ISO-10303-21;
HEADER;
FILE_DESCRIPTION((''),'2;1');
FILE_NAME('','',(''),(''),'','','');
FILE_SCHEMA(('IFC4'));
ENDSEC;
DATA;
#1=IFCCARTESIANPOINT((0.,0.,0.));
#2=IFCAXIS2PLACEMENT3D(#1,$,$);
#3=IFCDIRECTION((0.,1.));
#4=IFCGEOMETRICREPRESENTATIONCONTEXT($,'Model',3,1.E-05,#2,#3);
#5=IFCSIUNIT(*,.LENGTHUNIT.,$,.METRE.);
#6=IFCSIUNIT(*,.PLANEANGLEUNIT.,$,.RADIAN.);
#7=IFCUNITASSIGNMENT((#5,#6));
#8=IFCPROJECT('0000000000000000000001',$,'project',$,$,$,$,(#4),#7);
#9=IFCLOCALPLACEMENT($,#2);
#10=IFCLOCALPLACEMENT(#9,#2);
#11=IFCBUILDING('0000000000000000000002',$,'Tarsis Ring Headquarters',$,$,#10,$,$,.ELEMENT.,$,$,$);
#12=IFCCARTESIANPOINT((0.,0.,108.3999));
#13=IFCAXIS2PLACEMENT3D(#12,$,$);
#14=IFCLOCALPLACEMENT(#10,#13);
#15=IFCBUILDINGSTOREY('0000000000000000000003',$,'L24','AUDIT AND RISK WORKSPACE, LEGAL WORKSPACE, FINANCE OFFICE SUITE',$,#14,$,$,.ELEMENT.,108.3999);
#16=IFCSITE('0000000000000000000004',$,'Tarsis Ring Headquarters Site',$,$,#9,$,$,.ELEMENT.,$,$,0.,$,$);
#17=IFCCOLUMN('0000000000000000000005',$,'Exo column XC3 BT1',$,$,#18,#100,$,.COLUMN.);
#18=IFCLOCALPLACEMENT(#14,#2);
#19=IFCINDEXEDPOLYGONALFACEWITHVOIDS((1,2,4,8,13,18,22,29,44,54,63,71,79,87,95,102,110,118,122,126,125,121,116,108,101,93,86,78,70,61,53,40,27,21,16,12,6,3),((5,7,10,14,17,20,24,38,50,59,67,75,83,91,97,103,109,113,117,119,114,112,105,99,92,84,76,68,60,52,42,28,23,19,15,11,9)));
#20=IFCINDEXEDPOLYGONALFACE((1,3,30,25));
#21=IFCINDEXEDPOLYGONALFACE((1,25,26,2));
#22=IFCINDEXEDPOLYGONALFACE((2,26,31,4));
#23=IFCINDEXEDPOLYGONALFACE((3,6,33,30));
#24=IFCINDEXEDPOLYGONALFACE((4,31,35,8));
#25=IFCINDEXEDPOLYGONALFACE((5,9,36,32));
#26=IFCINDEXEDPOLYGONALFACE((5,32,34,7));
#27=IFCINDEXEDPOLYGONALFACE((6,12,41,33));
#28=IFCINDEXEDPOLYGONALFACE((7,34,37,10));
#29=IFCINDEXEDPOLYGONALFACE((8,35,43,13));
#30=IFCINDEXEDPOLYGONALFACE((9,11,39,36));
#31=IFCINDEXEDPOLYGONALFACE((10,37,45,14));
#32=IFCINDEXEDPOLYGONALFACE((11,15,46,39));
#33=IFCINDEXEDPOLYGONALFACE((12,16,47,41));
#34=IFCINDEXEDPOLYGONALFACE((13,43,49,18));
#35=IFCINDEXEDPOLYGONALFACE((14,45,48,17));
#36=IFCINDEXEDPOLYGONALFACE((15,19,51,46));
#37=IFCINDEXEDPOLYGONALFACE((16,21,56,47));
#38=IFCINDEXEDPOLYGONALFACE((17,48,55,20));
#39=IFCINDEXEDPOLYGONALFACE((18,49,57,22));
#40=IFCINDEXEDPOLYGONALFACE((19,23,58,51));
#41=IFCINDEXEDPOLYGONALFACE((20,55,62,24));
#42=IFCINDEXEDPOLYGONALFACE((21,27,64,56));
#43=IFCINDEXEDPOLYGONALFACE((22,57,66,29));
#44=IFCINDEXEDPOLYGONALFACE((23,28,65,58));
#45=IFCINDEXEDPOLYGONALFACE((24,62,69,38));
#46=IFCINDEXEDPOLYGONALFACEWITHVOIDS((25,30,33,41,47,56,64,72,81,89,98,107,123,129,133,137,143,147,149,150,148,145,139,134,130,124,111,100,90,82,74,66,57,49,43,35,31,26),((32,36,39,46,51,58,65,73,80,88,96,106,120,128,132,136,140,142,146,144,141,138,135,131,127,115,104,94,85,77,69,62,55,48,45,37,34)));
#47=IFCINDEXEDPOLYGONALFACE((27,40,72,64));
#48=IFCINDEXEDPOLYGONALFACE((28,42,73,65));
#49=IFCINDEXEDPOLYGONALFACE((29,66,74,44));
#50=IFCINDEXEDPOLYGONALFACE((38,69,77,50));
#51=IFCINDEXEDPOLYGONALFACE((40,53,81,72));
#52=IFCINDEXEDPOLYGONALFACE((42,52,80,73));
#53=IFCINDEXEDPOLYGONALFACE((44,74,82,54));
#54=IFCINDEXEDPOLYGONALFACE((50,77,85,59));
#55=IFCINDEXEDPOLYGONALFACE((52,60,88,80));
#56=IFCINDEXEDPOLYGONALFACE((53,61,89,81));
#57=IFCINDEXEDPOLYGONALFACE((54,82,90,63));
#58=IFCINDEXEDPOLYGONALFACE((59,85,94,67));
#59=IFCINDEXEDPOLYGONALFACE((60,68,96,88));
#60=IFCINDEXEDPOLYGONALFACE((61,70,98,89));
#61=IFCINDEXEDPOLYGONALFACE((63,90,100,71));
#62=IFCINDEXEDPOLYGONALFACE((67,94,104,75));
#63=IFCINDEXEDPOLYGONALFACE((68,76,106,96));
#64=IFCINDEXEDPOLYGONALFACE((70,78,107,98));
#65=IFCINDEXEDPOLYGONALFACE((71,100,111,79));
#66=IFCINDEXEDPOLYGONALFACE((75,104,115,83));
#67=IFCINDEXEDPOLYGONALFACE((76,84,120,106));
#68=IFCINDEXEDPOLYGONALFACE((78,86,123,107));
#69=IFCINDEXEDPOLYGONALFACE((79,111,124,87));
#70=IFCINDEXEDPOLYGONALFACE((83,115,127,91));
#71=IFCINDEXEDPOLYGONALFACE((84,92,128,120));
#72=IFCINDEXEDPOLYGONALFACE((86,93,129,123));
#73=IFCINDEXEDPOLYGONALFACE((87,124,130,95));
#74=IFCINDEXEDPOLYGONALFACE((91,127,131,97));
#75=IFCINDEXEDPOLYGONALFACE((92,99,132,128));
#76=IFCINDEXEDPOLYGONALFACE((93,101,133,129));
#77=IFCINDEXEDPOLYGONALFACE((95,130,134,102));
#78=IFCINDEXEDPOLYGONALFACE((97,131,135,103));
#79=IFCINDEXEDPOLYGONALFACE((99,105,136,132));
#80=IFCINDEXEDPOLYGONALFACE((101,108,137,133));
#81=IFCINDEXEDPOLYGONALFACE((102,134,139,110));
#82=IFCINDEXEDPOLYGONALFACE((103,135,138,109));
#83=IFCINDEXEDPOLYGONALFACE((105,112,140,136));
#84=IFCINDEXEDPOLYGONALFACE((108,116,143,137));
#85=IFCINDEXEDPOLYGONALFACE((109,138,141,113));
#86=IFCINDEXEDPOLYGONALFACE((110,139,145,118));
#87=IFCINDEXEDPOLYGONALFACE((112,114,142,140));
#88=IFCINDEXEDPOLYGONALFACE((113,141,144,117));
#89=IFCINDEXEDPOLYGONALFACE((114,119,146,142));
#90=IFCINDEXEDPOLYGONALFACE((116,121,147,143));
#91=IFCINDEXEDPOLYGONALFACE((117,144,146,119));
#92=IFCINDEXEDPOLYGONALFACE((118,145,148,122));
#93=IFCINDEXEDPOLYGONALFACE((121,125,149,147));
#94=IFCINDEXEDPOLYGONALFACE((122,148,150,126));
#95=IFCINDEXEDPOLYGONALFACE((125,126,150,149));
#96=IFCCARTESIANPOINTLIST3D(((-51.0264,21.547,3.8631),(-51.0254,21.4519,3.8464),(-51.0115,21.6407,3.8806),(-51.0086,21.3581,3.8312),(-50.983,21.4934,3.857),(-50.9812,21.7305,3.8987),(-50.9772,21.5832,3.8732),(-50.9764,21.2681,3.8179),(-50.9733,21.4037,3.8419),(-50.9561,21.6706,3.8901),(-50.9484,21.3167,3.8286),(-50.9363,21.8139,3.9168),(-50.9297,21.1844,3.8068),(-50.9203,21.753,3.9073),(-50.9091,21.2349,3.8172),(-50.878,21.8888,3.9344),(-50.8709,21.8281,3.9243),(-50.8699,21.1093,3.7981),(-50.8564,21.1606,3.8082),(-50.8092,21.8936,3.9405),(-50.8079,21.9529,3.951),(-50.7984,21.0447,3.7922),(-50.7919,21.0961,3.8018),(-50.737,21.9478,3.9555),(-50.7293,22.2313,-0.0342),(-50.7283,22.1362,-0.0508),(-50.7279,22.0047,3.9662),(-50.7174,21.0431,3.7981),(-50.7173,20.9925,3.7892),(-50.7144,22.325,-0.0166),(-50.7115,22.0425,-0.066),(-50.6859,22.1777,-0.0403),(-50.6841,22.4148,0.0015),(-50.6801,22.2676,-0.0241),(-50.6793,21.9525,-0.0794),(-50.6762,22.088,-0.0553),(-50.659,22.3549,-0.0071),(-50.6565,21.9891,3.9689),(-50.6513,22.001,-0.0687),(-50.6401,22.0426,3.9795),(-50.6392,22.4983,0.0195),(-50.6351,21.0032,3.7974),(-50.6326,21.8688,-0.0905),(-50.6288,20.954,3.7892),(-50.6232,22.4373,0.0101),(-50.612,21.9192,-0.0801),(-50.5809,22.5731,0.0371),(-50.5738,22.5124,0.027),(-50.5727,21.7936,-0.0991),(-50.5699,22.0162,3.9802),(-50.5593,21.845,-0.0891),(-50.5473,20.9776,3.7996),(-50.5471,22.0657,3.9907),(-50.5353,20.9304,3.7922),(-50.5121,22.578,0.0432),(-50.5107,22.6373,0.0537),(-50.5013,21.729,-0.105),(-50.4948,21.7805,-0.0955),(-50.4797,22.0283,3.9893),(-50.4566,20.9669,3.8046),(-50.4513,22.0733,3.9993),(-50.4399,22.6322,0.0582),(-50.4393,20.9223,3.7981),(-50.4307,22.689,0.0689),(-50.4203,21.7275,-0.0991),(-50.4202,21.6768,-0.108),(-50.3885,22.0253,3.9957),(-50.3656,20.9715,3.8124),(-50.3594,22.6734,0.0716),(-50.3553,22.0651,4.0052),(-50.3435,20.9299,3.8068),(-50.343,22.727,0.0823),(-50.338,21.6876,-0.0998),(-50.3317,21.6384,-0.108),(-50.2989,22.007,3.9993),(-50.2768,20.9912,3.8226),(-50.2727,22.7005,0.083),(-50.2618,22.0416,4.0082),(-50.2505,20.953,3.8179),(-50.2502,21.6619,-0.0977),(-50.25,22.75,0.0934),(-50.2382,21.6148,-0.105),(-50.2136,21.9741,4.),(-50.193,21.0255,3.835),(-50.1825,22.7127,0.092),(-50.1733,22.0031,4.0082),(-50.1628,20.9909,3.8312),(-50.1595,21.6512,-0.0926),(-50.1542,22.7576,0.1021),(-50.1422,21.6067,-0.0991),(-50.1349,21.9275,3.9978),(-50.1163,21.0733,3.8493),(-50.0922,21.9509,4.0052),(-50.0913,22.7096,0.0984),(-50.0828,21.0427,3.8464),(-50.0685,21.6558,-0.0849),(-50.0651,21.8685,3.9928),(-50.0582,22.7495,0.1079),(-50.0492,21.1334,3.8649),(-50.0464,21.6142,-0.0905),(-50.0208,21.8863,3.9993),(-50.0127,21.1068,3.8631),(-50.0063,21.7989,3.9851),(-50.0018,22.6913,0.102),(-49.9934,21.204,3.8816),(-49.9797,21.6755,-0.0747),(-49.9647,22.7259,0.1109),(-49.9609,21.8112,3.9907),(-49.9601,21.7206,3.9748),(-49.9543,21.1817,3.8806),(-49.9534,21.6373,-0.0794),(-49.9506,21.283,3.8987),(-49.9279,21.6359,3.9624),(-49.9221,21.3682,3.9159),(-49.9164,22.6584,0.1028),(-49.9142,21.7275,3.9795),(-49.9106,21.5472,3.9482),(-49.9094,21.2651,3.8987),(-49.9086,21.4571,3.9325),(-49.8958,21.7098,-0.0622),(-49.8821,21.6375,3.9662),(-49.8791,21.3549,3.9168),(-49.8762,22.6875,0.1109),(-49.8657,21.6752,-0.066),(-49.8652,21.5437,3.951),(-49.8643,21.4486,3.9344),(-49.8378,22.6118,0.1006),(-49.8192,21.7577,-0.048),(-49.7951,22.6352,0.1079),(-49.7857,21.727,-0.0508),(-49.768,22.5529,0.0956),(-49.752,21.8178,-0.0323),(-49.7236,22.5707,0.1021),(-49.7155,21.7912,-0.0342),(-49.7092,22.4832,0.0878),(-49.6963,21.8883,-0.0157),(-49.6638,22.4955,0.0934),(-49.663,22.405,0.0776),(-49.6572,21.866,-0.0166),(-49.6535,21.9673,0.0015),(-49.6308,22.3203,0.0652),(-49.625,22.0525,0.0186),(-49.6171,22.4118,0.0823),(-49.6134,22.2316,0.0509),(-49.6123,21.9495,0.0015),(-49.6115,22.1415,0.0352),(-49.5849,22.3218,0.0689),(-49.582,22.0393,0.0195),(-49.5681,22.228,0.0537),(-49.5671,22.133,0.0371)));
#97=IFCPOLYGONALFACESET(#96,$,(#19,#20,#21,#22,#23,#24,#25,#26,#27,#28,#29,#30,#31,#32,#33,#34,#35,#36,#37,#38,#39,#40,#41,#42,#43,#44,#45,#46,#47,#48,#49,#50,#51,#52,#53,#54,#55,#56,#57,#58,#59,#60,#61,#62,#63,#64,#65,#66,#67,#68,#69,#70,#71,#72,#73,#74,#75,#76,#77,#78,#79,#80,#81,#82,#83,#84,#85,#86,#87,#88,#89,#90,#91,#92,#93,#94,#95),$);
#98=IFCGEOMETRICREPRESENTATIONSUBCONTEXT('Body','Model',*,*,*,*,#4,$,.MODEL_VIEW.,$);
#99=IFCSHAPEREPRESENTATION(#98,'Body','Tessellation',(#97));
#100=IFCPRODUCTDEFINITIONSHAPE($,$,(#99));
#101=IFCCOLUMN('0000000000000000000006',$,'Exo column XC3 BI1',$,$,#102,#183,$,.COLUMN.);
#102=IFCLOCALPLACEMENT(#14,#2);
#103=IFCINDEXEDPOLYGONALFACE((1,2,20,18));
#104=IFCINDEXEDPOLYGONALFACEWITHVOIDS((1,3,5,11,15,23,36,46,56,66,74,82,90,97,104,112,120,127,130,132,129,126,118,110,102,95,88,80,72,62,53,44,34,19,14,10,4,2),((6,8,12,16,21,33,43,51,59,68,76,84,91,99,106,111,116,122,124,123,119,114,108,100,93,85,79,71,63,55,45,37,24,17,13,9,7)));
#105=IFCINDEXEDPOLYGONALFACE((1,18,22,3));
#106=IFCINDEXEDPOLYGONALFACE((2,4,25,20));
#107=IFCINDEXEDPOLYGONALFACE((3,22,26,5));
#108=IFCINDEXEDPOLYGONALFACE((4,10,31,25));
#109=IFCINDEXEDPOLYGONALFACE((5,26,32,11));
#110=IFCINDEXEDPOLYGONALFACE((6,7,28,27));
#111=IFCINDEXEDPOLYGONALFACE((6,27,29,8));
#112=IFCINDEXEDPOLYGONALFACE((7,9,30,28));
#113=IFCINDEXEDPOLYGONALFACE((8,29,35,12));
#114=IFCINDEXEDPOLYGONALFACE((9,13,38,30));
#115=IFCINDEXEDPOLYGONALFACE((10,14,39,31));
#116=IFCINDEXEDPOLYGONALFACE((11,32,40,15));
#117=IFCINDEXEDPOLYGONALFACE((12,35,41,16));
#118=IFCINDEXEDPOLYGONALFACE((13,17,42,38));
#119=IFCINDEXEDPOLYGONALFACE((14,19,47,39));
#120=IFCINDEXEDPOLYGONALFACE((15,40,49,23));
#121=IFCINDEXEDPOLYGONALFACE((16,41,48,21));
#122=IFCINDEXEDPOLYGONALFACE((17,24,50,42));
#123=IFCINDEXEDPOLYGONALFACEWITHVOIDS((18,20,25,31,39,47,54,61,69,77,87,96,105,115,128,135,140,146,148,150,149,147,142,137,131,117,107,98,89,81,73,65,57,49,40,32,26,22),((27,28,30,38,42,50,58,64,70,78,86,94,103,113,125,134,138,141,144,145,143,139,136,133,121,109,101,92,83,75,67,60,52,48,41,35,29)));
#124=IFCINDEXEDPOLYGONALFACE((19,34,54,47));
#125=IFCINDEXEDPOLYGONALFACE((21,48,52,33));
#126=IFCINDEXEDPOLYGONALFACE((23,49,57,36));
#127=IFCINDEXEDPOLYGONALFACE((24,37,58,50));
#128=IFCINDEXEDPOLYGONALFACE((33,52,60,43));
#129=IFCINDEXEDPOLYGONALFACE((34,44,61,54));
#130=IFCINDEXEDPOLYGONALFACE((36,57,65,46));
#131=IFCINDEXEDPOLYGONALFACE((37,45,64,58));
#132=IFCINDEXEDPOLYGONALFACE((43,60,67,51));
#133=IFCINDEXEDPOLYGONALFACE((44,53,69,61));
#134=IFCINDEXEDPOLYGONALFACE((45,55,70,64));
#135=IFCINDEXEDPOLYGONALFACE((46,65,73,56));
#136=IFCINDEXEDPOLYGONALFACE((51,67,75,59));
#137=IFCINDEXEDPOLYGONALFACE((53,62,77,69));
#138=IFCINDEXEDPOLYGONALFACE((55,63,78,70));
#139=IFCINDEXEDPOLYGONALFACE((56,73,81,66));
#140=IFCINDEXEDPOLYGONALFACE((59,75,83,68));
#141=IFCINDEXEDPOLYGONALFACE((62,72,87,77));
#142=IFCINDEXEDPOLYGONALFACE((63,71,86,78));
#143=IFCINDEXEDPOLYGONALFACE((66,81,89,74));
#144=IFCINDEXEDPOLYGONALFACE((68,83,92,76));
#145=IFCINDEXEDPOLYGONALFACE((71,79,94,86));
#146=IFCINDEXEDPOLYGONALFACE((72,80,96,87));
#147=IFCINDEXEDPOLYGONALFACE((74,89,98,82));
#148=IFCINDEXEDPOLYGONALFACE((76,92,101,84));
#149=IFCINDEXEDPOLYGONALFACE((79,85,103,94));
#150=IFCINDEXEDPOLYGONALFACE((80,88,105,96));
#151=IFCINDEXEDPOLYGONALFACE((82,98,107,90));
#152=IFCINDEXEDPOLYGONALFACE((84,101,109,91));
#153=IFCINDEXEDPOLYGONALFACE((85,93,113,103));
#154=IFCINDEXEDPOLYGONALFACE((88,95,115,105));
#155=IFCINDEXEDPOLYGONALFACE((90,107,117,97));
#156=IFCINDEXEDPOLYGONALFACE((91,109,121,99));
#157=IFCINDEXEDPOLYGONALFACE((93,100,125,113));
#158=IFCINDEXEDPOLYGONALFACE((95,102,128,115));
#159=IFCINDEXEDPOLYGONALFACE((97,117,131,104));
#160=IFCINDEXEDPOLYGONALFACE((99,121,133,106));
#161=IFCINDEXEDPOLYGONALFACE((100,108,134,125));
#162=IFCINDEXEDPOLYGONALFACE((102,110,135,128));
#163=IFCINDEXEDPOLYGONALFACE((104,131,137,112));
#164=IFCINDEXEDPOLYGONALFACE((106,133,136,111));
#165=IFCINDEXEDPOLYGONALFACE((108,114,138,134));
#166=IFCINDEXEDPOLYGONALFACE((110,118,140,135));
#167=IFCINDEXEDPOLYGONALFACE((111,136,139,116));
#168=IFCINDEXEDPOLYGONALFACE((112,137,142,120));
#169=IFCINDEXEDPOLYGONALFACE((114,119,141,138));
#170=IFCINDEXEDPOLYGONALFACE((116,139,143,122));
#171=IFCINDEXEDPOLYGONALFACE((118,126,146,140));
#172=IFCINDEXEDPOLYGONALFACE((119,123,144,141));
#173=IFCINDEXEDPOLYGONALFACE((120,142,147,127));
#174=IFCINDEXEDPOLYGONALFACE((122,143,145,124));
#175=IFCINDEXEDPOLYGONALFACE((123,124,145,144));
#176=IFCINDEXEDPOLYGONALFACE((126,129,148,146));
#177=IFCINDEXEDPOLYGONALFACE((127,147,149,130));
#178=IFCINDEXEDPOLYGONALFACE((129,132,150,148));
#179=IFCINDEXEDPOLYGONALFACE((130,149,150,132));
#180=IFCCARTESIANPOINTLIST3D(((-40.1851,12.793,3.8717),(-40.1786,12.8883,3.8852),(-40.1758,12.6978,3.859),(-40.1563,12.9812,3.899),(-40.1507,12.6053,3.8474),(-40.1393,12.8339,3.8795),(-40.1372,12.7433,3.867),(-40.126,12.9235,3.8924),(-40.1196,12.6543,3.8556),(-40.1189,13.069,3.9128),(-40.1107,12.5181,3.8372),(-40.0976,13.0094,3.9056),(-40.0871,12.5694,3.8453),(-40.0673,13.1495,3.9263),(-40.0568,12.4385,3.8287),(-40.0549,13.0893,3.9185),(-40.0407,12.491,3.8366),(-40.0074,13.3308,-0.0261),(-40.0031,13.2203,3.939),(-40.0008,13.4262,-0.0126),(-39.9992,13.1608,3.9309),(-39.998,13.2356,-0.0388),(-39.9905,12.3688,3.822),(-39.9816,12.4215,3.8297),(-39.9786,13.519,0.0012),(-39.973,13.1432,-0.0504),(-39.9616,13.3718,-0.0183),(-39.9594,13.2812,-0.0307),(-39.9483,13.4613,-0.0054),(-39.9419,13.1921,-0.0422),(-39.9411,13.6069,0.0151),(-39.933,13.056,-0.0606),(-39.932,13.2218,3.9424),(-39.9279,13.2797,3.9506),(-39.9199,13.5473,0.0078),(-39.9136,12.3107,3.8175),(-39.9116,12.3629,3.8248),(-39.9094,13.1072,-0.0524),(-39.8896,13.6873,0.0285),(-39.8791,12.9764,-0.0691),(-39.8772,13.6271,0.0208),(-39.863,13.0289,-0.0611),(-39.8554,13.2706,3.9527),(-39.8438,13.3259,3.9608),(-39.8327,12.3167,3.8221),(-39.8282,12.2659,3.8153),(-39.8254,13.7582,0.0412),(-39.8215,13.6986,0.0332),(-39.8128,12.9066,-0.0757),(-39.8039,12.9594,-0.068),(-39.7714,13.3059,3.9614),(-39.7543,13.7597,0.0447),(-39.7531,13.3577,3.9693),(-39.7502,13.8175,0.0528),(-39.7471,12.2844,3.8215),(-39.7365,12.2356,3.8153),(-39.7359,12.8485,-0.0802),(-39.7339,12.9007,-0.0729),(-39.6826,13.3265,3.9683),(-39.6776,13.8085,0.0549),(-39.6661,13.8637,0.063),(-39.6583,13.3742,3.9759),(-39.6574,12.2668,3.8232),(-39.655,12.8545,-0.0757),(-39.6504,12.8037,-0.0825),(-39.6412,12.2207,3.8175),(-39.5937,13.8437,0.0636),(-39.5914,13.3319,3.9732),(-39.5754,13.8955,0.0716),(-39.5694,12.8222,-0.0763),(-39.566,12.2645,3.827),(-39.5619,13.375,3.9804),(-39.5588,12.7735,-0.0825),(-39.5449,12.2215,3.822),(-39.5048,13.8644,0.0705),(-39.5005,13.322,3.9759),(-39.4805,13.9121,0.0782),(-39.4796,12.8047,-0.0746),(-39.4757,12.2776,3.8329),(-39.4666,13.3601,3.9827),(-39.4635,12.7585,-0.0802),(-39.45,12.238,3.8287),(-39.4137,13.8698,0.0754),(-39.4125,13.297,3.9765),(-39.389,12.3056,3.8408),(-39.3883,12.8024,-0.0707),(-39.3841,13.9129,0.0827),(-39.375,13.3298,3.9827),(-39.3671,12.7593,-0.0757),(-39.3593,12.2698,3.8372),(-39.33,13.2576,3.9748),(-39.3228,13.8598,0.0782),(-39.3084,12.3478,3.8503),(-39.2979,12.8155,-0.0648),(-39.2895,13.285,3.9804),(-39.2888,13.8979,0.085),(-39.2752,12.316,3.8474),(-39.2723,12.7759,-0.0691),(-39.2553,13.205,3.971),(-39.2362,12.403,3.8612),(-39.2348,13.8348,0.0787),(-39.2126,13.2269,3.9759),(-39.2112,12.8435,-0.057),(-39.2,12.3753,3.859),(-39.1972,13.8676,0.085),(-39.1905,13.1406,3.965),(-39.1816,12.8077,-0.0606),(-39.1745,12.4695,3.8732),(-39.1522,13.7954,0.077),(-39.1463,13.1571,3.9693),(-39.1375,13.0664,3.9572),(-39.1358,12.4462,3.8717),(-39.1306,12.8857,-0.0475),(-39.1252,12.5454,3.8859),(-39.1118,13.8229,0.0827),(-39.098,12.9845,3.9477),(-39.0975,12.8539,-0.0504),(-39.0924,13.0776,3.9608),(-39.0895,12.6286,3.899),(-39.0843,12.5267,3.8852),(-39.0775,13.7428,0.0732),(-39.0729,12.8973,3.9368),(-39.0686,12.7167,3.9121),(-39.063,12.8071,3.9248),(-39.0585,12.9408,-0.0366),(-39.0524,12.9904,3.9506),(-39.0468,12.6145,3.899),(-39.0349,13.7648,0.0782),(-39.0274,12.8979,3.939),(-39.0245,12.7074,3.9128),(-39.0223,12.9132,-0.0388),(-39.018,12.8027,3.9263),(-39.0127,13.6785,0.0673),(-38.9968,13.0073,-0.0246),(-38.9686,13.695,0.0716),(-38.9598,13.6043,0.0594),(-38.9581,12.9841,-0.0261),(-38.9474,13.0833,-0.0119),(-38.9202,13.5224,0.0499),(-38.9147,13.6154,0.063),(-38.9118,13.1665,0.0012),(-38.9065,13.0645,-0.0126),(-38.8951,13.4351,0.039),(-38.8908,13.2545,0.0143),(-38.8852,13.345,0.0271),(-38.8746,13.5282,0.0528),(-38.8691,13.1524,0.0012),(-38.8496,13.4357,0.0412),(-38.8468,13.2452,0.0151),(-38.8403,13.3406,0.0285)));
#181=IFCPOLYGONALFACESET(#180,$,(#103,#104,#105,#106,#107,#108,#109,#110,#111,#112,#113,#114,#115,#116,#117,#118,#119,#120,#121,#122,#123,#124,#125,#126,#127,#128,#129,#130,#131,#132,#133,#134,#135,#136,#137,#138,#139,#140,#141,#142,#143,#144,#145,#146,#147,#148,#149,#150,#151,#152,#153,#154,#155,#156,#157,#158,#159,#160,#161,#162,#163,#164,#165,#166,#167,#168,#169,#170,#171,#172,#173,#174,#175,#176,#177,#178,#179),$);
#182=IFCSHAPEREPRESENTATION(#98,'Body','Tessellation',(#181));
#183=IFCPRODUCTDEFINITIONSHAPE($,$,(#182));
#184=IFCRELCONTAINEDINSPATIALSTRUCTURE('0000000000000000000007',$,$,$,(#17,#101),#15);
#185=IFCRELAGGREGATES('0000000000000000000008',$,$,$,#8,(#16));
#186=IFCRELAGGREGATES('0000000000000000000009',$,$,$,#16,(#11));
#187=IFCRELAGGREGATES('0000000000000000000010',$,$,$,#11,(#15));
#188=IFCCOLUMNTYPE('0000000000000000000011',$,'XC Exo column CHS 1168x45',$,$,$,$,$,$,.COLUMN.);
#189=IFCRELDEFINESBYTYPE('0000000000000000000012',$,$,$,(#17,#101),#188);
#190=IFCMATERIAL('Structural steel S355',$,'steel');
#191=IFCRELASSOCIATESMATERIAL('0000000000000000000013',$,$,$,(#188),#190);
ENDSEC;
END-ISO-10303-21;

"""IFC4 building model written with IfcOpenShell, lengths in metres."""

from ifc_helpers import new_model, si_unit, direction, frame, origin, origin_2d, place, context, subcontext, project, spatial, hollow_circle, extrude, material, material_profile, profile_set, type_object, element, save


model = new_model("IFC4")

# Units and contexts
model_context = context("Model", 3, precision=1e-05, world=origin(), true_north=direction((0.0, 1.0)))
body_context = subcontext(model_context, "Body", "Model", "MODEL_VIEW")
ifc_project = project(units=[si_unit("LENGTHUNIT", "METRE"), si_unit("PLANEANGLEUNIT", "RADIAN")], contexts=[model_context])

# Site, building, storey
site_placement = place(None, origin())
site = spatial("IfcSite", under=ifc_project, at=site_placement, Name="Tarsis Ring Headquarters Site", CompositionType="ELEMENT", RefElevation=0.0)
building_placement = place(site_placement, origin())
building = spatial("IfcBuilding", under=site, at=building_placement, Name="Tarsis Ring Headquarters", CompositionType="ELEMENT")
storey_placement = place(building_placement, frame((0.0, 0.0, 108.3999)))
storey = spatial("IfcBuildingStorey", under=building, at=storey_placement, Name="L24", Description="AUDIT AND RISK WORKSPACE, LEGAL WORKSPACE, FINANCE OFFICE SUITE", CompositionType="ELEMENT", Elevation=108.3999)

# Columns
ifc_material_1 = material(Name="Structural steel S355", Category="steel")
ifc_material_profile_1 = material_profile(ifc_material_1, hollow_circle(Radius=0.5842, WallThickness=0.0449, at=origin_2d()), Name="CHS 1168x45")
ifc_profile_set_1 = profile_set([ifc_material_profile_1], Name="Structural steel S355")
column_type = type_object("IfcColumnType", Name="XC Exo column CHS 1168x45", PredefinedType="COLUMN", material=ifc_profile_set_1)
column_1_placement = place(storey_placement, frame((-50.1482, 22.1821, 0.0015), z_axis=(-0.074879, -0.172462, 0.982166), x_axis=(0.917273, -0.398259, 0.0)))
element("IfcColumn", 1, at=column_1_placement, inside=storey, type_object=column_type, Name="Exo column XC3 BT1", PredefinedType="COLUMN", context=body_context, shape_type="SweptSolid", body=[
    extrude(hollow_circle(Radius=0.5842, WallThickness=0.0449, at=origin_2d()), origin(), (0.0, 0.0, 1.0), 3.968),
])
column_2_placement = place(storey_placement, frame((-39.4238, 13.3357, 0.0012), z_axis=(-0.045126, -0.136555, 0.989604), x_axis=(0.949499, -0.31377, 0.0)))
element("IfcColumn", 2, at=column_2_placement, inside=storey, type_object=column_type, Name="Exo column XC3 BI1", PredefinedType="COLUMN", context=body_context, shape_type="SweptSolid", body=[
    extrude(hollow_circle(Radius=0.5842, WallThickness=0.0449, at=origin_2d()), origin(), (0.0, 0.0, 1.0), 3.9387),
])

save(model, "model.ifc")
